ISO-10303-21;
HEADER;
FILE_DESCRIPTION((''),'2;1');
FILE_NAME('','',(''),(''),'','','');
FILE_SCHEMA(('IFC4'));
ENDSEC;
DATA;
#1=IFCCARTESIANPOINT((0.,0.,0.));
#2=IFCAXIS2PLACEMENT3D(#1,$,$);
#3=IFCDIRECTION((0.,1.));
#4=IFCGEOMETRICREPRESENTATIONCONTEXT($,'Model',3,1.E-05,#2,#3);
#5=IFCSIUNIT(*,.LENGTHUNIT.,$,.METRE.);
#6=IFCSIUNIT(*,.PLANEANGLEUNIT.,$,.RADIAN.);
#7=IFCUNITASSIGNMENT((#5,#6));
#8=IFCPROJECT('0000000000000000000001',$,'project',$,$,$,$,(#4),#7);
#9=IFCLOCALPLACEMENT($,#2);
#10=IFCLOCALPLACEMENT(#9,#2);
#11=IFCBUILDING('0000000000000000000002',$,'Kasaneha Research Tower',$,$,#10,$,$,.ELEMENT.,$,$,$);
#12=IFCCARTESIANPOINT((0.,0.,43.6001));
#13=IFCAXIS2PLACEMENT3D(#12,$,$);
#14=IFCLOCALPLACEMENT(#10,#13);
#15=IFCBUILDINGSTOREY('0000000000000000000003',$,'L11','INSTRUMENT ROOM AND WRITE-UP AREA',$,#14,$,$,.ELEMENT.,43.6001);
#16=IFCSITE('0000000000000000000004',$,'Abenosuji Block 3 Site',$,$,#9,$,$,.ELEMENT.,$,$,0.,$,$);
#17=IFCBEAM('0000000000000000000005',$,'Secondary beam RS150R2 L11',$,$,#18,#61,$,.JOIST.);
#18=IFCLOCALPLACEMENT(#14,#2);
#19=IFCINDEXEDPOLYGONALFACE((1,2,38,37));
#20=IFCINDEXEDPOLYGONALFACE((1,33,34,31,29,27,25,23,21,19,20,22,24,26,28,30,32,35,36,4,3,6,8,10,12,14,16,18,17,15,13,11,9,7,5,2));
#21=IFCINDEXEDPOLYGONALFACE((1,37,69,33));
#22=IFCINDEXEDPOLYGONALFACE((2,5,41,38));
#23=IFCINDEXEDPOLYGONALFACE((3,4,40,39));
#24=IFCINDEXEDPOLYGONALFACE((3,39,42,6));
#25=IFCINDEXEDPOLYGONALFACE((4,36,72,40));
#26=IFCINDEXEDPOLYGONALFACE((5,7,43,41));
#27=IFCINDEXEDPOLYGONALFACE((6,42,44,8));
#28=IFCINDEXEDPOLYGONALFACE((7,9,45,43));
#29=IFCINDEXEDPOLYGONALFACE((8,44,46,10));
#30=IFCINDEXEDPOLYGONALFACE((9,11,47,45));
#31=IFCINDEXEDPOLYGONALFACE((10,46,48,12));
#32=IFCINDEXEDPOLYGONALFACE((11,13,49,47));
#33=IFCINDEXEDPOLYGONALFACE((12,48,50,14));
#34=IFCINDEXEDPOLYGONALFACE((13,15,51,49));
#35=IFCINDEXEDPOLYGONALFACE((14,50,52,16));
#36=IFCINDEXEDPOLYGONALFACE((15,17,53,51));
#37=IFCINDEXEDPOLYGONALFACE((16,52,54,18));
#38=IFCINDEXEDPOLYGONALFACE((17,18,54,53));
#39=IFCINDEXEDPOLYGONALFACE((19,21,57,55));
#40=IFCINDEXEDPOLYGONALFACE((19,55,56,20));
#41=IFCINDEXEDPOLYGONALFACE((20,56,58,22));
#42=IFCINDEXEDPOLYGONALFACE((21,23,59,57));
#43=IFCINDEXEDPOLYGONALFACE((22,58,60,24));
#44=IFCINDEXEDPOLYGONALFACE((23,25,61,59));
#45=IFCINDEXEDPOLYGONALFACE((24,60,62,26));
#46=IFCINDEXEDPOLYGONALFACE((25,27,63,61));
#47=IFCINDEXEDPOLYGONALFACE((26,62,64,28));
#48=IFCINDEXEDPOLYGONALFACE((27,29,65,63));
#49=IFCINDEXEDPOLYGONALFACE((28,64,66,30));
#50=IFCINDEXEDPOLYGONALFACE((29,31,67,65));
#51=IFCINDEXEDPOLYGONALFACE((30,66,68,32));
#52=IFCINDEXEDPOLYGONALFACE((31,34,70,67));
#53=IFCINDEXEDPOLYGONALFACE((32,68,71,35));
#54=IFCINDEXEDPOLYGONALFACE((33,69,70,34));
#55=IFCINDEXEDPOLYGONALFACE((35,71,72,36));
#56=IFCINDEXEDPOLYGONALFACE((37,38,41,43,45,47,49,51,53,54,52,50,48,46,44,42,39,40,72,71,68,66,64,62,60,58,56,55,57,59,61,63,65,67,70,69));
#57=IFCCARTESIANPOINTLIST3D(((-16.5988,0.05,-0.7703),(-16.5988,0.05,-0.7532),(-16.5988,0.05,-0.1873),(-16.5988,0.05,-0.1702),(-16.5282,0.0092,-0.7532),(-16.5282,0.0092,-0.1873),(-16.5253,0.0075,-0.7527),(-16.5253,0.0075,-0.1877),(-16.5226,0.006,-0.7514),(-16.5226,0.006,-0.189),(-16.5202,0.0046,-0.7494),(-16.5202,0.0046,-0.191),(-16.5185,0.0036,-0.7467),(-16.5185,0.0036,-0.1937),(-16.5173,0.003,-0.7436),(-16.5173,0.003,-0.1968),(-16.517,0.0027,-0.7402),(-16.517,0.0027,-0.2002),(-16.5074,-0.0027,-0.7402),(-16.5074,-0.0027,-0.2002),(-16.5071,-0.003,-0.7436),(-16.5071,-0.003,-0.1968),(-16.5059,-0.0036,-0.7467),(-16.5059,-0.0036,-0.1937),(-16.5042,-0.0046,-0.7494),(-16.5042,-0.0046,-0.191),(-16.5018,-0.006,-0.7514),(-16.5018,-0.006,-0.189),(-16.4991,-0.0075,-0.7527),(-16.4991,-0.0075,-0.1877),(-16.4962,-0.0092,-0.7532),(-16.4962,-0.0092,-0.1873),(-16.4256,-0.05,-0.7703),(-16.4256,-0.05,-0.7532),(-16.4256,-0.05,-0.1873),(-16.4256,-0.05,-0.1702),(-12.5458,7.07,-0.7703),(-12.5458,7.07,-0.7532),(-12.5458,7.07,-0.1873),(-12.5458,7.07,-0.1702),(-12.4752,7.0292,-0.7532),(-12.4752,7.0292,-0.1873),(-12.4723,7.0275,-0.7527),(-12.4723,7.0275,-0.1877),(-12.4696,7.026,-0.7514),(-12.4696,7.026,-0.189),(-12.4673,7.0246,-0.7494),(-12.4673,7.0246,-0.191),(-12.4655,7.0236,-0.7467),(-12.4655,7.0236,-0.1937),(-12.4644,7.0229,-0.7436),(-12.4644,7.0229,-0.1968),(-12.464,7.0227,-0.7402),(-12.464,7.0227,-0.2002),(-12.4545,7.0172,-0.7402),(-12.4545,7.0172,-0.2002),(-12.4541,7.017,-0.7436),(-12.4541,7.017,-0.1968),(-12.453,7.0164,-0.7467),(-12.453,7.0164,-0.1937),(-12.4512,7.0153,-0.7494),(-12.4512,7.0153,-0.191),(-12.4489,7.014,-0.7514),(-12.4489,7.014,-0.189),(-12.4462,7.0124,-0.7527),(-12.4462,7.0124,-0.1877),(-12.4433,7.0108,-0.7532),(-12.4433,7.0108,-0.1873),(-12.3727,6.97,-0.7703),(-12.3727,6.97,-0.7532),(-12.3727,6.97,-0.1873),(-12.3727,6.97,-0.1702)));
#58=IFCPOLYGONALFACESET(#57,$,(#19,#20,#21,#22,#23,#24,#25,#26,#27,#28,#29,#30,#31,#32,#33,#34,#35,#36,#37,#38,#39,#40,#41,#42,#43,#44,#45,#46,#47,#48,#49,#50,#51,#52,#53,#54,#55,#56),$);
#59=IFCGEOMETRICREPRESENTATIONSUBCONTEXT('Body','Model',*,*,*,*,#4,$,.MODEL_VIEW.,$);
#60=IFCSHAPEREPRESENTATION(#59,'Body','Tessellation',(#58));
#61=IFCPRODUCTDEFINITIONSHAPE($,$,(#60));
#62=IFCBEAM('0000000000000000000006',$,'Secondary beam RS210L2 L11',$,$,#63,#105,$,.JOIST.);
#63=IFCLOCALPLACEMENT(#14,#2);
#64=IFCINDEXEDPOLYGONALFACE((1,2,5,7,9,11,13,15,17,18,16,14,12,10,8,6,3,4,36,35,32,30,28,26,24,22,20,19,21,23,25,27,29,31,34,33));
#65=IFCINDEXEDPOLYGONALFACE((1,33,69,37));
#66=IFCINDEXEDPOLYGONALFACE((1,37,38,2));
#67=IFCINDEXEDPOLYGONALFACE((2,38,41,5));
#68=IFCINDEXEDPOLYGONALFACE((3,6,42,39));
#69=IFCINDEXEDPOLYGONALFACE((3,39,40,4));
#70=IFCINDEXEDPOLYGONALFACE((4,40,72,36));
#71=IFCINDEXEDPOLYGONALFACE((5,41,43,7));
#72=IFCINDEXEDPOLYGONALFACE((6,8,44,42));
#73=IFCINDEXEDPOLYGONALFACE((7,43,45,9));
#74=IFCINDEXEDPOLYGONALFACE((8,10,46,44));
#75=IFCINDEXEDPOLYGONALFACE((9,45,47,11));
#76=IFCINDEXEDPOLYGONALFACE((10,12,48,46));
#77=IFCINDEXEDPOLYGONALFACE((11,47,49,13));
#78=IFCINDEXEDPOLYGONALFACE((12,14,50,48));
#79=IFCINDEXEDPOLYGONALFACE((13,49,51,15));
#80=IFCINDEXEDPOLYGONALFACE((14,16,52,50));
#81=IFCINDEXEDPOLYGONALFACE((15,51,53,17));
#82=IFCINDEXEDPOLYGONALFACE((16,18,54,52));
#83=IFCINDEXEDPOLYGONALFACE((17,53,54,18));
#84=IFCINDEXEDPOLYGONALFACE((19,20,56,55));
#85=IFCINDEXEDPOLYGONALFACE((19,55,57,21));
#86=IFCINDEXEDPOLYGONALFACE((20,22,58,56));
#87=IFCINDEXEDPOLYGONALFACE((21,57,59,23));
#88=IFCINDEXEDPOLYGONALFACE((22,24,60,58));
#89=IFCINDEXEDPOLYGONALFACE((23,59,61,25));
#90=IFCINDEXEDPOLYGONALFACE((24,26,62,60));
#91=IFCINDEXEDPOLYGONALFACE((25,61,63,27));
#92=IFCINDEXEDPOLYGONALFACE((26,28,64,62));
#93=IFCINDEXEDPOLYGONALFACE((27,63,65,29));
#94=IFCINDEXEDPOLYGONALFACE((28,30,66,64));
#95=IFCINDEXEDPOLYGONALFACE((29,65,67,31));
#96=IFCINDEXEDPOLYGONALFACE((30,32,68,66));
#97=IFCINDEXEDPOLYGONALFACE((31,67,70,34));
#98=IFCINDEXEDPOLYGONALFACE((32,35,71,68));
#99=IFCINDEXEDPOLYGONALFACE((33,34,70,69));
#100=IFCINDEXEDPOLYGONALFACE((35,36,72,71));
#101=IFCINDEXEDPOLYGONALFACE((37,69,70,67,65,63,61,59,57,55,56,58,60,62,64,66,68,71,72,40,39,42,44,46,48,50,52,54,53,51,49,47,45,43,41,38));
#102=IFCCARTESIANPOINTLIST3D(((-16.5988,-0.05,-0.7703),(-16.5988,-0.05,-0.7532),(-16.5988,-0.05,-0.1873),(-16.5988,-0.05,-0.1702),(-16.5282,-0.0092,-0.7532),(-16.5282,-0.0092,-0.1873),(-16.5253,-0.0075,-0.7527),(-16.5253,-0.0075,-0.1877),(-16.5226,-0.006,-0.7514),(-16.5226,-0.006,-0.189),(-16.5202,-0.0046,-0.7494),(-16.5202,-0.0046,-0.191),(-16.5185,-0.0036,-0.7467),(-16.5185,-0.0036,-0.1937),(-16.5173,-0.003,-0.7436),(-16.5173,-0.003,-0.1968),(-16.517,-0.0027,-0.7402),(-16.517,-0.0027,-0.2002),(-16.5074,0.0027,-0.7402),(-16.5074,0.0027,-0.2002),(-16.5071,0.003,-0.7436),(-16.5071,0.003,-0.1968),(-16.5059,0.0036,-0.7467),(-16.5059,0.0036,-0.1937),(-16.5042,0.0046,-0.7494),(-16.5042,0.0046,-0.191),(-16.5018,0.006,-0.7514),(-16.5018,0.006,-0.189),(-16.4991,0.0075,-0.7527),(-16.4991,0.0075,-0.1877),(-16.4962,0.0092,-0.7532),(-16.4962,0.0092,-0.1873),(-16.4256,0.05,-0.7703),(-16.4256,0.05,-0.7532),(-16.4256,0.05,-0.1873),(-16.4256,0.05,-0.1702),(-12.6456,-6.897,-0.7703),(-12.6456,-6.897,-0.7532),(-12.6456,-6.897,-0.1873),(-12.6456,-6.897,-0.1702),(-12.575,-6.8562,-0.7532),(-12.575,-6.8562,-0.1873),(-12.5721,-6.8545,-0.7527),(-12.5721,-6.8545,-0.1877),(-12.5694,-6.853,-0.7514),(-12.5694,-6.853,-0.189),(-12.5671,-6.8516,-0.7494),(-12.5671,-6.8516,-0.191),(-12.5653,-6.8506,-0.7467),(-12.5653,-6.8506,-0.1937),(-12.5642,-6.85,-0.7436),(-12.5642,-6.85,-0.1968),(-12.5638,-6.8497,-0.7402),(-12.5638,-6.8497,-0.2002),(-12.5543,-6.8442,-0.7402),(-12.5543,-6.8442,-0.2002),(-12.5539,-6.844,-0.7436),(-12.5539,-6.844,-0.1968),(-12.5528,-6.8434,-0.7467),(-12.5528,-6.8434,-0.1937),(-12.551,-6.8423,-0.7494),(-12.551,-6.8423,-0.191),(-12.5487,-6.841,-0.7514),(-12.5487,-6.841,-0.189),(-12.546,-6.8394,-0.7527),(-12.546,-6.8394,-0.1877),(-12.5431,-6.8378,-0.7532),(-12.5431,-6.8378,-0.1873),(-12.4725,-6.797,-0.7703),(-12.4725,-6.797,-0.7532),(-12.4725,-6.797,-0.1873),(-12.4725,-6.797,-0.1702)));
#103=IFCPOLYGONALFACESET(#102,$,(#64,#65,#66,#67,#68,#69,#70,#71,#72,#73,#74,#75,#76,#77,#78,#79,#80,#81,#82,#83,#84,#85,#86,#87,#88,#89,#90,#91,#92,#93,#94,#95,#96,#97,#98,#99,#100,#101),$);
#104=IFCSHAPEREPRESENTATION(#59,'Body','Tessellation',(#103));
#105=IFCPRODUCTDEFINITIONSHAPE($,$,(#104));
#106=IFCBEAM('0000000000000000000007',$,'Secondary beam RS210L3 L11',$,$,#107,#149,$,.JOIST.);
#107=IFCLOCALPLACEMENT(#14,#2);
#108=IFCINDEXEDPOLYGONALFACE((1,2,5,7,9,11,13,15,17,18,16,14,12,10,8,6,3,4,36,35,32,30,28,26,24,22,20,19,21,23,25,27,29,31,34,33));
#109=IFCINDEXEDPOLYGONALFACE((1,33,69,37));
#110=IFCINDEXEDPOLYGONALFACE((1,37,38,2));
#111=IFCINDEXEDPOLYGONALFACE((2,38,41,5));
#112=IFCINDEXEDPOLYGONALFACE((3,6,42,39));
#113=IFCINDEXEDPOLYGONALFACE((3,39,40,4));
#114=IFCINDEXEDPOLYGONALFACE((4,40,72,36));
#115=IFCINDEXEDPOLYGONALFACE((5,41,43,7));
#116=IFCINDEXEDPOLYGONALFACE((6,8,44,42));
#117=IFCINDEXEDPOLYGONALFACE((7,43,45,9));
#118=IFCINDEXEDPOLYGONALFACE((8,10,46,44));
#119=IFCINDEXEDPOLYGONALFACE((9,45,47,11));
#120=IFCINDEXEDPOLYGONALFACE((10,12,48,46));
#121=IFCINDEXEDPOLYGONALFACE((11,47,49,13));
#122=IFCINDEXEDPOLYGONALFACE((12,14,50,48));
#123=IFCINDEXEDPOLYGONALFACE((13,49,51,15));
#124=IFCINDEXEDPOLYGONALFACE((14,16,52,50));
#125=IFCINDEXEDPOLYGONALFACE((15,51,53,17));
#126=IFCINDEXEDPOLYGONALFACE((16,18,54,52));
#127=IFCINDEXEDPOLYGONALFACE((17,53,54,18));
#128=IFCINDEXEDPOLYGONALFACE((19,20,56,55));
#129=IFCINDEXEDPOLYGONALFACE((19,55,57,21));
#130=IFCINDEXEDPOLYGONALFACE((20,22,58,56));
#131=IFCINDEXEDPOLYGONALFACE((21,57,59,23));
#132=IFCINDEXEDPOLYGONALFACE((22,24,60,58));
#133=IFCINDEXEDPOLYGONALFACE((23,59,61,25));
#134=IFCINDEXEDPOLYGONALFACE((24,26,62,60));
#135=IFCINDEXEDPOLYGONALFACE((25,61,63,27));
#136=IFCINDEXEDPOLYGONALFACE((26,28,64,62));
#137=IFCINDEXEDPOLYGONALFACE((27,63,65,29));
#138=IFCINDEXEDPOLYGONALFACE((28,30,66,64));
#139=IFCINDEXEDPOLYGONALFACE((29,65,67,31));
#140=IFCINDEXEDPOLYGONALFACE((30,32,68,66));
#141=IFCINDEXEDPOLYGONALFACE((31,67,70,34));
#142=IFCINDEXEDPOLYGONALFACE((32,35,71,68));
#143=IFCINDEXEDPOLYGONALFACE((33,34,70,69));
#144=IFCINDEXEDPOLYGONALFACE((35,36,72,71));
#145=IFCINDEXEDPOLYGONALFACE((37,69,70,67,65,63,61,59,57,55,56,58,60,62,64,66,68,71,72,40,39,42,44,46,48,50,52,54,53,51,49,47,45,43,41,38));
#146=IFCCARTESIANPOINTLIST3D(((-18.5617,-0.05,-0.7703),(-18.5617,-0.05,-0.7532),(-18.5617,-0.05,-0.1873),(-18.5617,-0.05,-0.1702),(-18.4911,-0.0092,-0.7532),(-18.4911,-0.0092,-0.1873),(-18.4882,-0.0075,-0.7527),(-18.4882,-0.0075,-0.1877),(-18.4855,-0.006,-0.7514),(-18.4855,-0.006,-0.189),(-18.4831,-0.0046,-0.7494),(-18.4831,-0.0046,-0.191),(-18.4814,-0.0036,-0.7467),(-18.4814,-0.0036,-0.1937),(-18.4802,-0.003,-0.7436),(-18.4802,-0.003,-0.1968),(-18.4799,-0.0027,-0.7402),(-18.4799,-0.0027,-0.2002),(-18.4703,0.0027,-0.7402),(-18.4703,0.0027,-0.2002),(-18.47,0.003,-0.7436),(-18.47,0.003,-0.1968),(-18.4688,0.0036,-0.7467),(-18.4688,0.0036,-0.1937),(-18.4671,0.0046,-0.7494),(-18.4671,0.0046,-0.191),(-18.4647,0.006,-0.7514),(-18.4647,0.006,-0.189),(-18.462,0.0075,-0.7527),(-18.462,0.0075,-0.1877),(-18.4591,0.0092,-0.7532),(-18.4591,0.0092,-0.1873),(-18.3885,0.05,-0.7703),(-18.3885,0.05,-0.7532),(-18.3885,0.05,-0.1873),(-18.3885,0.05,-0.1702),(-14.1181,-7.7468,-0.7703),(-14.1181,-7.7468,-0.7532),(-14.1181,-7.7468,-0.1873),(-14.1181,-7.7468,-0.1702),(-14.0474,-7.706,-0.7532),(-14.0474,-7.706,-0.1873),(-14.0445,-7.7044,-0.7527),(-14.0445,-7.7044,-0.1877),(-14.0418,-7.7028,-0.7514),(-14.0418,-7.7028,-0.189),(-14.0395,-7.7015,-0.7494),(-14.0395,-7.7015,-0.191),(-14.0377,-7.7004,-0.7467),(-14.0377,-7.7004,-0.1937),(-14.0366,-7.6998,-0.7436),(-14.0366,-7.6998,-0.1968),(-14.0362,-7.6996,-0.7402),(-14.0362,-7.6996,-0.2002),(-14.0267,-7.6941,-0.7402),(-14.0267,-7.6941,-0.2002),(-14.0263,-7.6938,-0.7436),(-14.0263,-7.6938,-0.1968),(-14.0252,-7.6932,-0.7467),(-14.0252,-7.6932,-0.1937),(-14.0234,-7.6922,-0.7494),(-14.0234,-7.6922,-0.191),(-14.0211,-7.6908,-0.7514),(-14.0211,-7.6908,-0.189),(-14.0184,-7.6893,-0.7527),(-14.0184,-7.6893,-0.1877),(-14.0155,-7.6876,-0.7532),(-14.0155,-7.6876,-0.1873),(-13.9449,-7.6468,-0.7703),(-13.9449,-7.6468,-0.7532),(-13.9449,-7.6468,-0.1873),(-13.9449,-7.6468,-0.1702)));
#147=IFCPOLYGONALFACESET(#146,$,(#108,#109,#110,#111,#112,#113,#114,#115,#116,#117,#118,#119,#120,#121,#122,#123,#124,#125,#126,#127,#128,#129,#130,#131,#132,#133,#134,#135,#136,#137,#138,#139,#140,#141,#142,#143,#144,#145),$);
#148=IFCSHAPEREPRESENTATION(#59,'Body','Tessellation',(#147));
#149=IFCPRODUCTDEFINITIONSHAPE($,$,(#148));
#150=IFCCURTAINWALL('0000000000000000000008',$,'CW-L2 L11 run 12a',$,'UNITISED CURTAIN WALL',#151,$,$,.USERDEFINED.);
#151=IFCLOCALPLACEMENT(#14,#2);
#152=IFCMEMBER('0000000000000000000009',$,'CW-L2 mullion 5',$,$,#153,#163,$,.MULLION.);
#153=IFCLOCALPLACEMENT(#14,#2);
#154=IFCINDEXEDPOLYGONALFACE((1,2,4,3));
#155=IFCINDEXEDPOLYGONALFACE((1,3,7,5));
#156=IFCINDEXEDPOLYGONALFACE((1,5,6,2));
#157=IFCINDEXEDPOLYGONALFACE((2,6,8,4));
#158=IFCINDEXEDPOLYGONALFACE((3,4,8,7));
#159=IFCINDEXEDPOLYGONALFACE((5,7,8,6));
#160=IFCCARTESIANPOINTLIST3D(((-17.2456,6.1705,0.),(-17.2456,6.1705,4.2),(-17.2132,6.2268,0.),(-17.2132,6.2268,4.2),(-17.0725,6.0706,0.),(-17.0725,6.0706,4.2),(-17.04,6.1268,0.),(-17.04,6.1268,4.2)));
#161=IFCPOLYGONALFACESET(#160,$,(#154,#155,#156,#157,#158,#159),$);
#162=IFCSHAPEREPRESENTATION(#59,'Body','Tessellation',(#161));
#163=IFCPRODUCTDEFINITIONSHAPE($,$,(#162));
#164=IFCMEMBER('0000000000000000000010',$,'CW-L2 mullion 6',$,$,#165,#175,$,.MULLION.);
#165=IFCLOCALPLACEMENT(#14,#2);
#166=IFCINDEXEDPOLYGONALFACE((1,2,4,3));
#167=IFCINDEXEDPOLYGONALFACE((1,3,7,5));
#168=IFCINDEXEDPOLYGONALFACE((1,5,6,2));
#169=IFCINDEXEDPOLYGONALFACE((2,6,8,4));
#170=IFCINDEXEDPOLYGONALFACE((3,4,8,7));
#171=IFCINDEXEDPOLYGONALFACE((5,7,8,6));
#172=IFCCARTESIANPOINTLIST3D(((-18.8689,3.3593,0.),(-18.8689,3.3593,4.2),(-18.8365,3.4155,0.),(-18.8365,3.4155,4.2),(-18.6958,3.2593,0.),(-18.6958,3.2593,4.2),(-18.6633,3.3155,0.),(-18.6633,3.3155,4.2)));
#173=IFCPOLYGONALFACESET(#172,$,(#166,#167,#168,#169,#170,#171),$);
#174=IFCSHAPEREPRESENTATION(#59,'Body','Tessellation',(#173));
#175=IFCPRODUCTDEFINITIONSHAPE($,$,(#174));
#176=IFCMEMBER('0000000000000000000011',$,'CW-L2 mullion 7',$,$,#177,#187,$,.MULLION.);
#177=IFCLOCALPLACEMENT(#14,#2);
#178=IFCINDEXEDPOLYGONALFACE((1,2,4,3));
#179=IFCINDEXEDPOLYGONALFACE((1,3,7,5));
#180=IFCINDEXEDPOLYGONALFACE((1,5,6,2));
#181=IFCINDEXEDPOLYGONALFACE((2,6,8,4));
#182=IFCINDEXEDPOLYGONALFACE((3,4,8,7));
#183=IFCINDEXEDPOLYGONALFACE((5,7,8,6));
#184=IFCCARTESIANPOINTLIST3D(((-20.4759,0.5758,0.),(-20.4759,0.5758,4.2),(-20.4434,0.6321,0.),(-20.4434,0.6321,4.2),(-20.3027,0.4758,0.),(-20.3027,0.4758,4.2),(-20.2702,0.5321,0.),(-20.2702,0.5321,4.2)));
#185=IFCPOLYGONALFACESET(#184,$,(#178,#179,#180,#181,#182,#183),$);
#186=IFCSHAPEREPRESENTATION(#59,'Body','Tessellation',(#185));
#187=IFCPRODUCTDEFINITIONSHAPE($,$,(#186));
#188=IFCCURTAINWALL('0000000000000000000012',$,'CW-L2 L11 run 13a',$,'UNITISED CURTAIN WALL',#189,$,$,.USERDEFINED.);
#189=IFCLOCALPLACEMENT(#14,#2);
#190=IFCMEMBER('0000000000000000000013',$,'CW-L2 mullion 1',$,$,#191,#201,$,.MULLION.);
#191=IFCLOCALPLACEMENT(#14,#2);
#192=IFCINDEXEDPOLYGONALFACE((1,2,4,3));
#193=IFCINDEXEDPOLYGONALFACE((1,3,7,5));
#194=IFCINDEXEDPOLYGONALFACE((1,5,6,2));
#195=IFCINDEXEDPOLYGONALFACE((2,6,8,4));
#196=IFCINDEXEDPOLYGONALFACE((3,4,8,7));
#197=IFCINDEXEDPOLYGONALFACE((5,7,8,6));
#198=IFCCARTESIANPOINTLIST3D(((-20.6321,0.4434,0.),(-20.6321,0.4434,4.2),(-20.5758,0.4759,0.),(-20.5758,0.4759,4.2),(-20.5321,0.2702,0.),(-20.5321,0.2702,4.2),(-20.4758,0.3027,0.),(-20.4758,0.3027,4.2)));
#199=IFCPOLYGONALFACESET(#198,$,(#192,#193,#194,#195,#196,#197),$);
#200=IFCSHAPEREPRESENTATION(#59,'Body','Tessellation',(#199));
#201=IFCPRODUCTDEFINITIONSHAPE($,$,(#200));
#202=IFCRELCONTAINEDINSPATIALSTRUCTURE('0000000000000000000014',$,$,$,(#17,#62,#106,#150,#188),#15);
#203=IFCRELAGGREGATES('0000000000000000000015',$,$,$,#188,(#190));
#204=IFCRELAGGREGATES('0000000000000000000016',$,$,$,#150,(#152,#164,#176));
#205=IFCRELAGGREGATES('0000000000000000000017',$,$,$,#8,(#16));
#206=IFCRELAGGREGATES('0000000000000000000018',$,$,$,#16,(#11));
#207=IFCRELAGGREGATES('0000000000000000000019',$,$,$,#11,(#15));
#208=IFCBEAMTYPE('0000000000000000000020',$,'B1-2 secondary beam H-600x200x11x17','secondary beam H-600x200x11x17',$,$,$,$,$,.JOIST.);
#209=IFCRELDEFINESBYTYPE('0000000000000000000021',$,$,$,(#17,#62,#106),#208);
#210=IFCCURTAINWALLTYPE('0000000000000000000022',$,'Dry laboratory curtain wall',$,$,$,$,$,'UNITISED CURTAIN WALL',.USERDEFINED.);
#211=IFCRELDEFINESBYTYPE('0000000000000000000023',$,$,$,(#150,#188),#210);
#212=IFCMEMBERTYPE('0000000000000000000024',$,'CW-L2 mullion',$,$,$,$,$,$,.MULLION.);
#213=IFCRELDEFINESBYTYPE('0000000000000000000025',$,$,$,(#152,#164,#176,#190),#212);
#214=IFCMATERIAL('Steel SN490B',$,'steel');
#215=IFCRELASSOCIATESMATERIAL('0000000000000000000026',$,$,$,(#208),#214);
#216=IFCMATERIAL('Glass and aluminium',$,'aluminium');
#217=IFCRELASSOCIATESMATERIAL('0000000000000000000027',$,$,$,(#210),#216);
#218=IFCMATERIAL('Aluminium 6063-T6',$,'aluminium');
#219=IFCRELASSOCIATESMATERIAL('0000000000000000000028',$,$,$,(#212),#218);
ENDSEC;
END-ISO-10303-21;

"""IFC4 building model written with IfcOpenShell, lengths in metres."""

from ifc_helpers import new_model, si_unit, direction, frame, origin, origin_2d, place, context, subcontext, project, spatial, rectangle, i_section, extrude, material, material_profile, profile_set, type_object, element, aggregate, save


model = new_model("IFC4")

# Units and contexts
model_context = context("Model", 3, precision=1e-05, world=origin(), true_north=direction((0.0, 1.0)))
body_context = subcontext(model_context, "Body", "Model", "MODEL_VIEW")
ifc_project = project(units=[si_unit("LENGTHUNIT", "METRE"), si_unit("PLANEANGLEUNIT", "RADIAN")], contexts=[model_context])

# Site, building, storey
site_placement = place(None, origin())
site = spatial("IfcSite", under=ifc_project, at=site_placement, Name="Abenosuji Block 3 Site", CompositionType="ELEMENT", RefElevation=0.0)
building_placement = place(site_placement, origin())
building = spatial("IfcBuilding", under=site, at=building_placement, Name="Kasaneha Research Tower", CompositionType="ELEMENT")
storey_placement = place(building_placement, frame((0.0, 0.0, 43.6001)))
storey = spatial("IfcBuildingStorey", under=building, at=storey_placement, Name="L11", Description="INSTRUMENT ROOM AND WRITE-UP AREA", CompositionType="ELEMENT", Elevation=43.6001)

# Beams
ifc_material_1 = material(Name="Steel SN490B", Category="steel")
ifc_material_profile_1 = material_profile(ifc_material_1, i_section(OverallWidth=0.2, OverallDepth=0.6001, WebThickness=0.011, FlangeThickness=0.0171, FilletRadius=0.0129, at=origin_2d()), Name="H-600x200x11x17")
ifc_profile_set_1 = profile_set([ifc_material_profile_1], Name="Steel SN490B")
beam_type = type_object("IfcBeamType", Name="B1-2 secondary beam H-600x200x11x17", Description="secondary beam H-600x200x11x17", PredefinedType="JOIST", material=ifc_profile_set_1)
beam_1_placement = place(storey_placement, frame((-16.5122, 0.0, -0.4702), z_axis=(0.499997, 0.866027, 0.0), x_axis=(-0.866027, 0.499997, 0.0)))
element("IfcBeam", 1, at=beam_1_placement, inside=storey, type_object=beam_type, Name="Secondary beam RS150R2 L11", PredefinedType="JOIST", context=body_context, shape_type="SweptSolid", body=[
    extrude(i_section(OverallWidth=0.2, OverallDepth=0.6001, WebThickness=0.011, FlangeThickness=0.0171, FilletRadius=0.0129, at=origin_2d()), origin(), (0.0, 0.0, 1.0), 8.106),
])
beam_2_placement = place(storey_placement, frame((-16.5122, 0.0, -0.4702), z_axis=(0.500005, -0.866023, 0.0), x_axis=(0.866023, 0.500005, 0.0)))
element("IfcBeam", 2, at=beam_2_placement, inside=storey, type_object=beam_type, Name="Secondary beam RS210L2 L11", PredefinedType="JOIST", context=body_context, shape_type="SweptSolid", body=[
    extrude(i_section(OverallWidth=0.2, OverallDepth=0.6001, WebThickness=0.011, FlangeThickness=0.0171, FilletRadius=0.0129, at=origin_2d()), origin(), (0.0, 0.0, 1.0), 7.9062),
])
beam_3_placement = place(storey_placement, frame((-18.4751, 0.0, -0.4702), z_axis=(0.499989, -0.866032, 0.0), x_axis=(0.866032, 0.499989, 0.0)))
element("IfcBeam", 3, at=beam_3_placement, inside=storey, type_object=beam_type, Name="Secondary beam RS210L3 L11", PredefinedType="JOIST", context=body_context, shape_type="SweptSolid", body=[
    extrude(i_section(OverallWidth=0.2, OverallDepth=0.6001, WebThickness=0.011, FlangeThickness=0.0171, FilletRadius=0.0129, at=origin_2d()), origin(), (0.0, 0.0, 1.0), 8.8875),
])

# Curtain wall, members
ifc_material_2 = material(Name="Glass and aluminium", Category="aluminium")
curtain_wall_type = type_object("IfcCurtainWallType", Name="Dry laboratory curtain wall", ElementType="UNITISED CURTAIN WALL", PredefinedType="USERDEFINED", material=ifc_material_2)
curtain_wall_1_placement = place(storey_placement, origin())
curtain_wall_1 = element("IfcCurtainWall", 4, at=curtain_wall_1_placement, inside=storey, type_object=curtain_wall_type, Name="CW-L2 L11 run 12a", ObjectType="UNITISED CURTAIN WALL", PredefinedType="USERDEFINED")
ifc_material_3 = material(Name="Aluminium 6063-T6", Category="aluminium")
ifc_material_profile_2 = material_profile(ifc_material_3, rectangle(XDim=0.0649, YDim=0.2, at=origin_2d()), Name="CW-L2 mullion 65x200")
ifc_profile_set_2 = profile_set([ifc_material_profile_2], Name="Aluminium 6063-T6")
member_type_1 = type_object("IfcMemberType", Name="CW-L2 mullion", PredefinedType="MULLION", material=ifc_profile_set_2)
member_1_placement = place(storey_placement, frame((-17.1428, 6.1487, 0.0), z_axis=(0.0, 0.0, 1.0), x_axis=(-0.5, -0.866025, 0.0)))
member_1 = element("IfcMember", 5, at=member_1_placement, type_object=member_type_1, Name="CW-L2 mullion 5", PredefinedType="MULLION", context=body_context, shape_type="SweptSolid", body=[
    extrude(rectangle(XDim=0.0649, YDim=0.2, at=origin_2d()), origin(), (0.0, 0.0, 1.0), 4.2),
])
member_2_placement = place(storey_placement, frame((-18.7661, 3.3374, 0.0), z_axis=(0.0, 0.0, 1.0), x_axis=(-0.5, -0.866025, 0.0)))
member_2 = element("IfcMember", 6, at=member_2_placement, type_object=member_type_1, Name="CW-L2 mullion 6", PredefinedType="MULLION", context=body_context, shape_type="SweptSolid", body=[
    extrude(rectangle(XDim=0.0649, YDim=0.2, at=origin_2d()), origin(), (0.0, 0.0, 1.0), 4.2),
])
member_3_placement = place(storey_placement, frame((-20.373, 0.554, 0.0), z_axis=(0.0, 0.0, 1.0), x_axis=(-0.5, -0.866025, 0.0)))
member_3 = element("IfcMember", 7, at=member_3_placement, type_object=member_type_1, Name="CW-L2 mullion 7", PredefinedType="MULLION", context=body_context, shape_type="SweptSolid", body=[
    extrude(rectangle(XDim=0.0649, YDim=0.2, at=origin_2d()), origin(), (0.0, 0.0, 1.0), 4.2),
])

# Curtain wall, member
curtain_wall_2_placement = place(storey_placement, origin())
curtain_wall_2 = element("IfcCurtainWall", 8, at=curtain_wall_2_placement, inside=storey, type_object=curtain_wall_type, Name="CW-L2 L11 run 13a", ObjectType="UNITISED CURTAIN WALL", PredefinedType="USERDEFINED")
member_4_placement = place(storey_placement, frame((-20.554, 0.373, 0.0), z_axis=(0.0, 0.0, 1.0), x_axis=(-0.866025, -0.5, 0.0)))
member_4 = element("IfcMember", 9, at=member_4_placement, type_object=member_type_1, Name="CW-L2 mullion 1", PredefinedType="MULLION", context=body_context, shape_type="SweptSolid", body=[
    extrude(rectangle(XDim=0.0649, YDim=0.2, at=origin_2d()), origin(), (0.0, 0.0, 1.0), 4.2),
])

aggregate(curtain_wall_2, [member_4])

aggregate(curtain_wall_1, [member_1, member_2, member_3])

save(model, "model.ifc")
